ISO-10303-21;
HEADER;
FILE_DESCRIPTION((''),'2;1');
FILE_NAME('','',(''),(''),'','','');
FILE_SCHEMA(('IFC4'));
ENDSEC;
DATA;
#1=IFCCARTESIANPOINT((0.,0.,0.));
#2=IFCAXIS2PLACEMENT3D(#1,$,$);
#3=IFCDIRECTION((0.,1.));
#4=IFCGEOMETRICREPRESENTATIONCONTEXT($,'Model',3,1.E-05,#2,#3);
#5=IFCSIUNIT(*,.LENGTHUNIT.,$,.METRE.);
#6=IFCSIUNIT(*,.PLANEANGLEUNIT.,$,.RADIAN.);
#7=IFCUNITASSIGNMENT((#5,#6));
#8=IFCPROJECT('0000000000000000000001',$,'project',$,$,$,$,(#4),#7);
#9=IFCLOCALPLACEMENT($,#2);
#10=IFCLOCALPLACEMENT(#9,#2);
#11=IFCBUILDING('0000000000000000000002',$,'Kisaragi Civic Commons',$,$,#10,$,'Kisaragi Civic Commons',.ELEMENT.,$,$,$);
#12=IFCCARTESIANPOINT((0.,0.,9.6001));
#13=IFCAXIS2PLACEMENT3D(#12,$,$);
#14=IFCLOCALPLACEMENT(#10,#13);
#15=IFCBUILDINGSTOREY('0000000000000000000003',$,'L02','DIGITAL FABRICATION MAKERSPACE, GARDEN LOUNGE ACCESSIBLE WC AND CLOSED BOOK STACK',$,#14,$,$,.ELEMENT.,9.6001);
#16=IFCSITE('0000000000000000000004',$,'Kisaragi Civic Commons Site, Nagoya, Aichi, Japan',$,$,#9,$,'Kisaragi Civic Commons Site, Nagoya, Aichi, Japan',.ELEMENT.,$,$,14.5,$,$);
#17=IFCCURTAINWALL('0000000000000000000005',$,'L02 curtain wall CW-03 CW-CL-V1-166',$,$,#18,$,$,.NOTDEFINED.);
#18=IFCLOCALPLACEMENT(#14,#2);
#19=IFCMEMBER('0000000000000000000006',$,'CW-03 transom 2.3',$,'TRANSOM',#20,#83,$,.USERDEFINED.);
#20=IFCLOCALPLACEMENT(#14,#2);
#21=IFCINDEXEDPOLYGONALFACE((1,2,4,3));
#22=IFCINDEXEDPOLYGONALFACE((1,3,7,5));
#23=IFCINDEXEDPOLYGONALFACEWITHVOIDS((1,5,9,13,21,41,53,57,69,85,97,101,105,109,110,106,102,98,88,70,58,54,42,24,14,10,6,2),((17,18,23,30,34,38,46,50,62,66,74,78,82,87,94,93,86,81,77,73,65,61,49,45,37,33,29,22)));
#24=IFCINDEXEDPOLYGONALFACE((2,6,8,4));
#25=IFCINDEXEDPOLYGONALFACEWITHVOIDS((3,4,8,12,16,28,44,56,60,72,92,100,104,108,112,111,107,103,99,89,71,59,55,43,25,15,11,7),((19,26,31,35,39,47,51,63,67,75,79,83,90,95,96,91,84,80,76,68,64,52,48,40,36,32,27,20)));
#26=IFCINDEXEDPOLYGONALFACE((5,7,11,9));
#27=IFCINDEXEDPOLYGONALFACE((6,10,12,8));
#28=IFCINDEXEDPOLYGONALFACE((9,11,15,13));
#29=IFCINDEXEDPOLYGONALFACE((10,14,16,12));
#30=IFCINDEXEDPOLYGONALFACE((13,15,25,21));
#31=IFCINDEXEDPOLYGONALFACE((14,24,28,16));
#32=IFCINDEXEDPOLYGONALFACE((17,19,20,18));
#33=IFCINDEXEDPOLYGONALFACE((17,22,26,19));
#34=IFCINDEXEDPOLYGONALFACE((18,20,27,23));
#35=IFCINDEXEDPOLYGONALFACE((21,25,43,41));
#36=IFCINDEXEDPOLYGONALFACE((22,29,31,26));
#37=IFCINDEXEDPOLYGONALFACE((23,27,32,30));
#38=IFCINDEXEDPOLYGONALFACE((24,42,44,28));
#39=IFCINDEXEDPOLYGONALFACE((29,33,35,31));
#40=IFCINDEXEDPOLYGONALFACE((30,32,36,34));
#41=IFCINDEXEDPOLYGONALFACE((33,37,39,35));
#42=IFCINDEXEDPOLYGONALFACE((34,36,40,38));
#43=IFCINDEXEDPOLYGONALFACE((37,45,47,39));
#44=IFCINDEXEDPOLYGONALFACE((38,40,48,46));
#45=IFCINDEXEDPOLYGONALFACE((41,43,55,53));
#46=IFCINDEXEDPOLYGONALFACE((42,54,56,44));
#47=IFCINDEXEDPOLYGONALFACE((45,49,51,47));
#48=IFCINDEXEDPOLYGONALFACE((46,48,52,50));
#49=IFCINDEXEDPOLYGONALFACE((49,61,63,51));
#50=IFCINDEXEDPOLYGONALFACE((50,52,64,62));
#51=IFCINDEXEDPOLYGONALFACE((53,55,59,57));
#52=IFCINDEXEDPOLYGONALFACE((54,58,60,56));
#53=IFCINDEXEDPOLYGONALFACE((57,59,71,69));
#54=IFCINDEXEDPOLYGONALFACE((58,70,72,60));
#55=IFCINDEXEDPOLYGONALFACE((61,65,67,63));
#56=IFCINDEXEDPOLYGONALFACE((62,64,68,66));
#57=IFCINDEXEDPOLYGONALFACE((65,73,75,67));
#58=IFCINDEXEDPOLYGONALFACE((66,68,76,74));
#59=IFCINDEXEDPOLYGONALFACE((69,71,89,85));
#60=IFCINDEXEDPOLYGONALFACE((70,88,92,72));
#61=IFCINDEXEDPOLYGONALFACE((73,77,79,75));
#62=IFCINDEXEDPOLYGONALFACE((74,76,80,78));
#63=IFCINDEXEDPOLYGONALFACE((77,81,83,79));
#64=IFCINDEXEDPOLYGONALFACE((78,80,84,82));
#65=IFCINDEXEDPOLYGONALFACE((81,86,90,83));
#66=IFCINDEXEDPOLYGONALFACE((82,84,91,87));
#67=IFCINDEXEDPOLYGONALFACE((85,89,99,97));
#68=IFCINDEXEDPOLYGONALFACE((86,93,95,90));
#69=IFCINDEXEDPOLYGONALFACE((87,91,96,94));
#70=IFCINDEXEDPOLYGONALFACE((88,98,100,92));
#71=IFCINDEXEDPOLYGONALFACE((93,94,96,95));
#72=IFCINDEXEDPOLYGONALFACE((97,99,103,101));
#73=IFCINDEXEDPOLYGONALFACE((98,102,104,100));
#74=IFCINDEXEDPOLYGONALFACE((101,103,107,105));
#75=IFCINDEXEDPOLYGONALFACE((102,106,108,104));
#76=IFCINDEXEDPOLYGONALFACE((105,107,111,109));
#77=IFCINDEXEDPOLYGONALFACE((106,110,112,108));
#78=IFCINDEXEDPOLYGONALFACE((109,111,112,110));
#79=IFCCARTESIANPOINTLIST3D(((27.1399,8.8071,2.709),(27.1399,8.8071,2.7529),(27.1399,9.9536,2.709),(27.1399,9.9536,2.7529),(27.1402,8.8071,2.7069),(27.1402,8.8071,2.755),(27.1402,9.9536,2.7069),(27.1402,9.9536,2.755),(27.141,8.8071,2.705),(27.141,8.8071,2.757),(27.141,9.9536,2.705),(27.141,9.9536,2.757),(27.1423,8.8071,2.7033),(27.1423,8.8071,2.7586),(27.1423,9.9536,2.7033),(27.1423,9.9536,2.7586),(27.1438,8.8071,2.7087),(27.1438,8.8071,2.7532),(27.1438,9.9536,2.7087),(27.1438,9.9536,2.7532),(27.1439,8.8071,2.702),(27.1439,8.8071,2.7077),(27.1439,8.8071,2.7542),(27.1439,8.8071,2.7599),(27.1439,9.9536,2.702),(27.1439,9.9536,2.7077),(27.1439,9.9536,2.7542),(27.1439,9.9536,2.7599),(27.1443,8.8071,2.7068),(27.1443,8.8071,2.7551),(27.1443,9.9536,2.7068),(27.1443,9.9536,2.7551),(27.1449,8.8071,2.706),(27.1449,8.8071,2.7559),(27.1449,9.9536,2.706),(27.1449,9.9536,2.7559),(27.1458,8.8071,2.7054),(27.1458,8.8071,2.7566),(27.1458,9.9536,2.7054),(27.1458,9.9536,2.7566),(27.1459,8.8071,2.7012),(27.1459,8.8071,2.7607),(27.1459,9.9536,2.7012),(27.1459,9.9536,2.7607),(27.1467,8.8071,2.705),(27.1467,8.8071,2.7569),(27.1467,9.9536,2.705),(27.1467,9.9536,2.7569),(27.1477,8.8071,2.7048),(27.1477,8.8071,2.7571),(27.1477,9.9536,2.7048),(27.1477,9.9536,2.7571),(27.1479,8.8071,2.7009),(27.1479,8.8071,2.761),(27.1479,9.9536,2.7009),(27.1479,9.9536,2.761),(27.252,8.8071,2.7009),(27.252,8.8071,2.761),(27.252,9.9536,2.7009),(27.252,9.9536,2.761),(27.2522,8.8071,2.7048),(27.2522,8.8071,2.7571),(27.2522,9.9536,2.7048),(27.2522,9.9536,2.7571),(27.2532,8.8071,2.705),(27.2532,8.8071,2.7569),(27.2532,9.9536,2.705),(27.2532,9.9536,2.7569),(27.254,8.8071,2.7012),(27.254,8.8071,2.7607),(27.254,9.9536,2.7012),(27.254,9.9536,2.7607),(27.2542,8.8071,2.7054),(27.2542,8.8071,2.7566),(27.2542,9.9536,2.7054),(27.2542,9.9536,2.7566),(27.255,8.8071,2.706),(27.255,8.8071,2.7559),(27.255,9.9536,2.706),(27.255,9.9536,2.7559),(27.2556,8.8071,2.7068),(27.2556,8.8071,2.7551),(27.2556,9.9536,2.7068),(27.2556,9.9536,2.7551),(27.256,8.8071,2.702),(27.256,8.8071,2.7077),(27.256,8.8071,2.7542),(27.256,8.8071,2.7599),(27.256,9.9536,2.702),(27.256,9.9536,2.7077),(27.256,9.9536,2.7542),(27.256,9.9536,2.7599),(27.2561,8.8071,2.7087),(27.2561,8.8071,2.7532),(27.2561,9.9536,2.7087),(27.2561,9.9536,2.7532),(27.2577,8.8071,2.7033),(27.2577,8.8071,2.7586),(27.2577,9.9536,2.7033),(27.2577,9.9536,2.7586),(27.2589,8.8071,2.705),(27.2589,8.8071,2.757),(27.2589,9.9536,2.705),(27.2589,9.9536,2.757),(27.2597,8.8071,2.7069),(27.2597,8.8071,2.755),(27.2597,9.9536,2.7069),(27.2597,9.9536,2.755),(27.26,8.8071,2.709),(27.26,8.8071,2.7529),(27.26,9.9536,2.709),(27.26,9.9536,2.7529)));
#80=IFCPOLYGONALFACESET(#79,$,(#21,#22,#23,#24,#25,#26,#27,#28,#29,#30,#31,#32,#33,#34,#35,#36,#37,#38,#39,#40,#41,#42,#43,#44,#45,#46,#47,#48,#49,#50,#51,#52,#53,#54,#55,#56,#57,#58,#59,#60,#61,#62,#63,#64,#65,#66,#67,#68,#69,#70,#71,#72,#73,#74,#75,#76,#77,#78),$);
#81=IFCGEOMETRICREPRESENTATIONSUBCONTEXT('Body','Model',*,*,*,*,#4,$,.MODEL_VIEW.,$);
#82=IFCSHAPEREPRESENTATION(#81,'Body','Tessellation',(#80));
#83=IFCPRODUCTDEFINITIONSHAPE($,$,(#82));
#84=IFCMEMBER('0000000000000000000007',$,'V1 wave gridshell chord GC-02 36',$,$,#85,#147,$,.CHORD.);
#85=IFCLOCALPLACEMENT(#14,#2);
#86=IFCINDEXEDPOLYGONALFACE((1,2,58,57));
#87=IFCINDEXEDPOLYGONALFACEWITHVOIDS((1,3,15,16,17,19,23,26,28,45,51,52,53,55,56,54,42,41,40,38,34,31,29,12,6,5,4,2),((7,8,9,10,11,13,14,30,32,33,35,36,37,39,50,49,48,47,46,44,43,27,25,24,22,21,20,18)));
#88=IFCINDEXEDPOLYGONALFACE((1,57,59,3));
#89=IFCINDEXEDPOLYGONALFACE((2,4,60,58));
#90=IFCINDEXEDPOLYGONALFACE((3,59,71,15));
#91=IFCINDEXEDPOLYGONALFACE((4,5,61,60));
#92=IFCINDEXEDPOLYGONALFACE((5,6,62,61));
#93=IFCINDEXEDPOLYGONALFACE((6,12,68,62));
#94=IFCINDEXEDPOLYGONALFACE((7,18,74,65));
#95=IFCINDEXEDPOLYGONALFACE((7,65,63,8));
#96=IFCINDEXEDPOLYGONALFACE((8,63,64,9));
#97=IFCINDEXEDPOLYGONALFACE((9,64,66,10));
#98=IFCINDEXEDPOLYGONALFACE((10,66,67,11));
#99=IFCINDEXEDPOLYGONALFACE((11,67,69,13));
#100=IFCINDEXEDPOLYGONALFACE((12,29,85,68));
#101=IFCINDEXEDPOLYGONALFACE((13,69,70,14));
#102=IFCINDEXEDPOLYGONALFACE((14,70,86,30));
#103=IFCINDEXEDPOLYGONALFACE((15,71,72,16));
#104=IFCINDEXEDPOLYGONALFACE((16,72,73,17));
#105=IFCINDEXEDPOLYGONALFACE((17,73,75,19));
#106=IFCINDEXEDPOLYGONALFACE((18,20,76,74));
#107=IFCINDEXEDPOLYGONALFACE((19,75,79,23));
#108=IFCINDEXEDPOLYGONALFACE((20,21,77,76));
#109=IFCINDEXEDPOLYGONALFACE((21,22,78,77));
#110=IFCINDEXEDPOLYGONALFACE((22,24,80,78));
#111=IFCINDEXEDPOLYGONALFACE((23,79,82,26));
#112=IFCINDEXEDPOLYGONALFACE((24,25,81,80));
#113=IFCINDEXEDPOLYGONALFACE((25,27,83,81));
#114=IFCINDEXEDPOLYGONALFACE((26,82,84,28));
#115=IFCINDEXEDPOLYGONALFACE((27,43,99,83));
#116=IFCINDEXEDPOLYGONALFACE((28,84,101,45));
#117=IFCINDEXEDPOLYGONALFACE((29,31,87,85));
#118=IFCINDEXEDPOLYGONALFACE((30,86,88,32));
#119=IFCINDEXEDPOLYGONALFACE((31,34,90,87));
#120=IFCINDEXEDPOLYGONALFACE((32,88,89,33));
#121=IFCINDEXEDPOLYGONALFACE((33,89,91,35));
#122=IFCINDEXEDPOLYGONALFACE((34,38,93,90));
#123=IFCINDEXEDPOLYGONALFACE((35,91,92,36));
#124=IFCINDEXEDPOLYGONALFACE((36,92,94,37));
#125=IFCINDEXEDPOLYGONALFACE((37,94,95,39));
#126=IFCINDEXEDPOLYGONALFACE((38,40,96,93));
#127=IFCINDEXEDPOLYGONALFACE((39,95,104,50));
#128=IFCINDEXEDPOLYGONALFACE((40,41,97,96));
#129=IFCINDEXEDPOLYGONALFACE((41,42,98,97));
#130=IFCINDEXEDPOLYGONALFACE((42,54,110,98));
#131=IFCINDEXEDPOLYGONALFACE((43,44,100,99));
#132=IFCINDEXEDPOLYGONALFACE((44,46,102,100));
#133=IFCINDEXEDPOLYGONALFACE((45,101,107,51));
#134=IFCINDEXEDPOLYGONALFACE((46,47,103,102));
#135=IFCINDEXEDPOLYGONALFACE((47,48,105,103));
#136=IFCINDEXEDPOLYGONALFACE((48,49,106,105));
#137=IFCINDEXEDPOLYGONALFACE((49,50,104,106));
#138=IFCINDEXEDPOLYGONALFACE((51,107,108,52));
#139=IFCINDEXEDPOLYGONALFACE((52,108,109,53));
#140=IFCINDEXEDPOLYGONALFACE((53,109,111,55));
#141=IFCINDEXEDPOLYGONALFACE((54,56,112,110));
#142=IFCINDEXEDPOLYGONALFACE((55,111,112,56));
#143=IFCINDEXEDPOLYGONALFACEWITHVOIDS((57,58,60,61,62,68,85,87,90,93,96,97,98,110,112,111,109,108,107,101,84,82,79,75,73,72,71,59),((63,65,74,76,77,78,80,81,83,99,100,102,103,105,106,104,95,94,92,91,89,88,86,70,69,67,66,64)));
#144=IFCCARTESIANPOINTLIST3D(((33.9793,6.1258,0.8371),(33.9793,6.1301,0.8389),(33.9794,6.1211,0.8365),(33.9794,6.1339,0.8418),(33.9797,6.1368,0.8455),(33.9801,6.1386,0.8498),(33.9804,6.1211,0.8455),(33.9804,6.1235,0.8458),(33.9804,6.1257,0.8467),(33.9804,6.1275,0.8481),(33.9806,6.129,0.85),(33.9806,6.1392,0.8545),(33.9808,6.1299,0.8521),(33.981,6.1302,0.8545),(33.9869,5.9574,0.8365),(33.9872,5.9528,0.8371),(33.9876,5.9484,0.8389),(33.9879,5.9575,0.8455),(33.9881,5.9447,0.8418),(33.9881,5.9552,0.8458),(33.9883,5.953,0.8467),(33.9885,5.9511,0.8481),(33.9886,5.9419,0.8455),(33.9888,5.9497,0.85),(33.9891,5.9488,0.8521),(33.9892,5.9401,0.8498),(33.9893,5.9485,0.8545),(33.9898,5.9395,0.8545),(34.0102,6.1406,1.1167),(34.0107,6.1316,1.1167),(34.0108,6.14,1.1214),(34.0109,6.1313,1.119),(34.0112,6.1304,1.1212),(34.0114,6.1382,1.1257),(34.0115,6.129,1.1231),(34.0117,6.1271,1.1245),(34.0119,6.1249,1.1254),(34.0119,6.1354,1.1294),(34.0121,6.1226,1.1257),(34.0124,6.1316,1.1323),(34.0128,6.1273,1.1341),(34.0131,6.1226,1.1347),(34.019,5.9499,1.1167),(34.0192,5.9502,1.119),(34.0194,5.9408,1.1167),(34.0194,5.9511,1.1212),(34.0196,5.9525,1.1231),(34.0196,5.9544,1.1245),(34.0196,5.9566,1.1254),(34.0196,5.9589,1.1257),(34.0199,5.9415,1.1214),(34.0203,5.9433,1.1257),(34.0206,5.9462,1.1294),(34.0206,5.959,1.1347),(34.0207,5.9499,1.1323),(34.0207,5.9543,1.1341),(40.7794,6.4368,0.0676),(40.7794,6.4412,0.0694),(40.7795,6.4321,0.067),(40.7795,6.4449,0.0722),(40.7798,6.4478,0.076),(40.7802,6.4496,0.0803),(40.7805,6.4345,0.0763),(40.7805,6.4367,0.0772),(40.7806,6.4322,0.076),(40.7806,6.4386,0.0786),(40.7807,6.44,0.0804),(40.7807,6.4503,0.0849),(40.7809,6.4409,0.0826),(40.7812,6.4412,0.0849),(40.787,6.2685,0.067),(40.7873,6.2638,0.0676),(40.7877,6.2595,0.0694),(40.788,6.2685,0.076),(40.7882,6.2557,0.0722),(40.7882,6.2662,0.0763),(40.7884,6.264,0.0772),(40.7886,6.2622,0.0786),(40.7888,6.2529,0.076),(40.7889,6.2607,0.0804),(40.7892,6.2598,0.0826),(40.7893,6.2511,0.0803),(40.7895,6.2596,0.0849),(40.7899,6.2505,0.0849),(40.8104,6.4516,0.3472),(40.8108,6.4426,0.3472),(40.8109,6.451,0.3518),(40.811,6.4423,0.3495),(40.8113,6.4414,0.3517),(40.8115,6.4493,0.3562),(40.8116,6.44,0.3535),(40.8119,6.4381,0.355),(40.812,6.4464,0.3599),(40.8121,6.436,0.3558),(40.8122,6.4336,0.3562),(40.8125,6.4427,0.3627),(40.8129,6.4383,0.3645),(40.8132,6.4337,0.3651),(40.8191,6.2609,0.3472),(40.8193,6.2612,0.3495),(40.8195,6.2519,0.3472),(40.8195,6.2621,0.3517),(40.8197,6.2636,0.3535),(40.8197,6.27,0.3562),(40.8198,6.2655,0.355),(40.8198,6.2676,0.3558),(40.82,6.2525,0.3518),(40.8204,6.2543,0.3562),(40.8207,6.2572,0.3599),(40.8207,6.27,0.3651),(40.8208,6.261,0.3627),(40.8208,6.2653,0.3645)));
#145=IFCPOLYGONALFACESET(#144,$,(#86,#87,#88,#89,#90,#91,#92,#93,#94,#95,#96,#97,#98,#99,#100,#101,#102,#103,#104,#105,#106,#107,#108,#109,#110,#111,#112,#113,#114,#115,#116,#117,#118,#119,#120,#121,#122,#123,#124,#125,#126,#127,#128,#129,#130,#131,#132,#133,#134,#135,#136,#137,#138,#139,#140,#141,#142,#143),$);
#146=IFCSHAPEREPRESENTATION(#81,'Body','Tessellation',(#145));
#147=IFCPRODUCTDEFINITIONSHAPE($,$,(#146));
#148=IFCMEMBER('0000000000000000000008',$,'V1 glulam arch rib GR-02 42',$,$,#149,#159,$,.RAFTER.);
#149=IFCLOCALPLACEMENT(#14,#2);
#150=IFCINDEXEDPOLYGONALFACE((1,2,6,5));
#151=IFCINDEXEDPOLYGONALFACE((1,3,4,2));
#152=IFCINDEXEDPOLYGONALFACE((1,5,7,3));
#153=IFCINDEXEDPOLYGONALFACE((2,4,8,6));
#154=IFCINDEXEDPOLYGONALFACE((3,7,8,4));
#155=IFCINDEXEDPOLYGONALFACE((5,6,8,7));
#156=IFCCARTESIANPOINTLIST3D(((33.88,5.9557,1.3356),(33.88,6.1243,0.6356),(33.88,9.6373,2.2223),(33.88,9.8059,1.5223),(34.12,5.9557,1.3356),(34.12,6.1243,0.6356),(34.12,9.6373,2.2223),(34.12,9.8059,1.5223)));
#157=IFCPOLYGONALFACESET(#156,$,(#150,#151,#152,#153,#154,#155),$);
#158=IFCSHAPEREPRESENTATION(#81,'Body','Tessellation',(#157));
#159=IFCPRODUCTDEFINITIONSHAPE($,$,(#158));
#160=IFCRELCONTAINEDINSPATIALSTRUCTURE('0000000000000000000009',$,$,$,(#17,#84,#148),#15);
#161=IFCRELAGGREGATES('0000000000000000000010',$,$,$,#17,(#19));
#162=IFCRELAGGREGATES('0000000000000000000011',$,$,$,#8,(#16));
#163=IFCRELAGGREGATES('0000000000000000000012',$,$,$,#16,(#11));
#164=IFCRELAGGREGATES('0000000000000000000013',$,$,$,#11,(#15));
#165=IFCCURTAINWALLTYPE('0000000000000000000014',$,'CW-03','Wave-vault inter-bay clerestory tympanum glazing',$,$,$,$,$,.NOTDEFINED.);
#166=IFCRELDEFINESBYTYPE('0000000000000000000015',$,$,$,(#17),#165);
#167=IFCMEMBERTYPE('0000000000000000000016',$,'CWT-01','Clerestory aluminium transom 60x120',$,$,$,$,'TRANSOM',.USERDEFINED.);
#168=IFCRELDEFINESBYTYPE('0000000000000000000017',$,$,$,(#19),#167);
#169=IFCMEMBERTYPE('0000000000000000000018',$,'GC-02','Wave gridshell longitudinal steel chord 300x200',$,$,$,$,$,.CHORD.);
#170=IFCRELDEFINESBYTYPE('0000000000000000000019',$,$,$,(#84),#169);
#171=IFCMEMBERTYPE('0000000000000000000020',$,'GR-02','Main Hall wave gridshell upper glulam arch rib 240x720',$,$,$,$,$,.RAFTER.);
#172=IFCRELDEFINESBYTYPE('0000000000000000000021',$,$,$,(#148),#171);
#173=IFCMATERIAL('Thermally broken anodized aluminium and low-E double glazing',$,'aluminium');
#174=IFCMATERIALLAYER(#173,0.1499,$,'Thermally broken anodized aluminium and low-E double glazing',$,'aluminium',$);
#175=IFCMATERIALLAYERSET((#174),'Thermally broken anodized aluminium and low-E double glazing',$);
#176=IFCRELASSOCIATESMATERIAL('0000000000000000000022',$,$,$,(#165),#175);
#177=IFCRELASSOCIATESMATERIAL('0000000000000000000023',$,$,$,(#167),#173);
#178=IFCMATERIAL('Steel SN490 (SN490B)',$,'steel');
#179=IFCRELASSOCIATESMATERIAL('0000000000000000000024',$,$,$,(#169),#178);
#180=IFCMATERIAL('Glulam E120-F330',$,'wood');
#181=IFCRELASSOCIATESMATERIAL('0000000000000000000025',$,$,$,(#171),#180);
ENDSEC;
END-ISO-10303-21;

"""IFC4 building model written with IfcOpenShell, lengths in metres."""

from ifc_helpers import new_model, si_unit, direction, frame, origin, origin_2d, place, context, subcontext, project, spatial, rectangle, hollow_rectangle, extrude, material, layer, layer_set, material_profile, profile_set, type_object, element, aggregate, save


model = new_model("IFC4")

# Units and contexts
model_context = context("Model", 3, precision=1e-05, world=origin(), true_north=direction((0.0, 1.0)))
body_context = subcontext(model_context, "Body", "Model", "MODEL_VIEW")
ifc_project = project(units=[si_unit("LENGTHUNIT", "METRE"), si_unit("PLANEANGLEUNIT", "RADIAN")], contexts=[model_context])

# Site, building, storey
site_placement = place(None, origin())
site = spatial("IfcSite", under=ifc_project, at=site_placement, Name="Kisaragi Civic Commons Site, Nagoya, Aichi, Japan", LongName="Kisaragi Civic Commons Site, Nagoya, Aichi, Japan", CompositionType="ELEMENT", RefElevation=14.5)
building_placement = place(site_placement, origin())
building = spatial("IfcBuilding", under=site, at=building_placement, Name="Kisaragi Civic Commons", LongName="Kisaragi Civic Commons", CompositionType="ELEMENT")
storey_placement = place(building_placement, frame((0.0, 0.0, 9.6001)))
storey = spatial("IfcBuildingStorey", under=building, at=storey_placement, Name="L02", Description="DIGITAL FABRICATION MAKERSPACE, GARDEN LOUNGE ACCESSIBLE WC AND CLOSED BOOK STACK", CompositionType="ELEMENT", Elevation=9.6001)

# Shared definitions
ifc_material_1 = material(Name="Thermally broken anodized aluminium and low-E double glazing", Category="aluminium")
ifc_layer_1 = layer(ifc_material_1, 0.1499, Name="Thermally broken anodized aluminium and low-E double glazing", Category="aluminium")
ifc_layer_set_1 = layer_set([ifc_layer_1], Name="Thermally broken anodized aluminium and low-E double glazing")
curtain_wall_type = type_object("IfcCurtainWallType", Name="CW-03", Description="Wave-vault inter-bay clerestory tympanum glazing", PredefinedType="NOTDEFINED", material=ifc_layer_set_1)

# Curtain wall
curtain_wall_1_placement = place(storey_placement, origin())
curtain_wall_1 = element("IfcCurtainWall", 1, at=curtain_wall_1_placement, inside=storey, type_object=curtain_wall_type, Name="L02 curtain wall CW-03 CW-CL-V1-166", PredefinedType="NOTDEFINED")

# Member
ifc_material_profile_1 = material_profile(ifc_material_1, hollow_rectangle(XDim=0.1201, YDim=0.0601, WallThickness=0.0039, InnerFilletRadius=0.0039, OuterFilletRadius=0.0081, at=origin_2d()), Name="CWT-60x120x4", Category="aluminium")
ifc_profile_set_1 = profile_set([ifc_material_profile_1], Name="Thermally broken anodized aluminium and low-E double glazing")
member_type_1 = type_object("IfcMemberType", Name="CWT-01", Description="Clerestory aluminium transom 60x120", ElementType="TRANSOM", PredefinedType="USERDEFINED", material=ifc_profile_set_1)
member_1_placement = place(storey_placement, frame((27.2, 8.8071, 2.731), z_axis=(0.0, 1.0, 0.0), x_axis=(-1.0, 0.0, 0.0)))
member_1 = element("IfcMember", 2, at=member_1_placement, type_object=member_type_1, Name="CW-03 transom 2.3", ObjectType="TRANSOM", PredefinedType="USERDEFINED", context=body_context, shape_type="SweptSolid", body=[
    extrude(hollow_rectangle(XDim=0.1201, YDim=0.0601, WallThickness=0.0039, InnerFilletRadius=0.0039, OuterFilletRadius=0.0081, at=origin_2d()), origin(), (0.0, 0.0, 1.0), 1.1465),
])

# Members
ifc_material_2 = material(Name="Steel SN490 (SN490B)", Category="steel")
ifc_material_profile_2 = material_profile(ifc_material_2, hollow_rectangle(XDim=0.2, YDim=0.3, WallThickness=0.009, InnerFilletRadius=0.009, OuterFilletRadius=0.0181, at=origin_2d()), Name="STKR-300x200x9", Category="steel")
ifc_profile_set_2 = profile_set([ifc_material_profile_2], Name="Steel SN490 (SN490B)")
member_type_2 = type_object("IfcMemberType", Name="GC-02", Description="Wave gridshell longitudinal steel chord 300x200", PredefinedType="CHORD", material=ifc_profile_set_2)
member_2_placement = place(storey_placement, frame((34.0, 6.04, 0.9856), z_axis=(0.992633, 0.045403, -0.112332), x_axis=(-0.045692, 0.998956, 0.0)))
element("IfcMember", 3, at=member_2_placement, inside=storey, type_object=member_type_2, Name="V1 wave gridshell chord GC-02 36", PredefinedType="CHORD", context=body_context, shape_type="SweptSolid", body=[
    extrude(hollow_rectangle(XDim=0.2, YDim=0.3, WallThickness=0.009, InnerFilletRadius=0.009, OuterFilletRadius=0.0181, at=origin_2d()), origin(), (0.0, 0.0, 1.0), 6.8506),
])
ifc_material_3 = material(Name="Glulam E120-F330", Category="wood")
ifc_material_profile_3 = material_profile(ifc_material_3, rectangle(XDim=0.24, YDim=0.72, at=origin_2d()), Name="GL-240x720", Category="wood")
ifc_profile_set_3 = profile_set([ifc_material_profile_3], Name="Glulam E120-F330")
member_type_3 = type_object("IfcMemberType", Name="GR-02", Description="Main Hall wave gridshell upper glulam arch rib 240x720", PredefinedType="RAFTER", material=ifc_profile_set_3)
member_3_placement = place(storey_placement, frame((34.0, 6.04, 0.9856), z_axis=(0.0, 0.9722, 0.234153), x_axis=(-1.0, 0.0, 0.0)))
element("IfcMember", 4, at=member_3_placement, inside=storey, type_object=member_type_3, Name="V1 glulam arch rib GR-02 42", PredefinedType="RAFTER", context=body_context, shape_type="SweptSolid", body=[
    extrude(rectangle(XDim=0.24, YDim=0.72, at=origin_2d()), origin(), (0.0, 0.0, 1.0), 3.7869),
])

aggregate(curtain_wall_1, [member_1])

save(model, "model.ifc")
